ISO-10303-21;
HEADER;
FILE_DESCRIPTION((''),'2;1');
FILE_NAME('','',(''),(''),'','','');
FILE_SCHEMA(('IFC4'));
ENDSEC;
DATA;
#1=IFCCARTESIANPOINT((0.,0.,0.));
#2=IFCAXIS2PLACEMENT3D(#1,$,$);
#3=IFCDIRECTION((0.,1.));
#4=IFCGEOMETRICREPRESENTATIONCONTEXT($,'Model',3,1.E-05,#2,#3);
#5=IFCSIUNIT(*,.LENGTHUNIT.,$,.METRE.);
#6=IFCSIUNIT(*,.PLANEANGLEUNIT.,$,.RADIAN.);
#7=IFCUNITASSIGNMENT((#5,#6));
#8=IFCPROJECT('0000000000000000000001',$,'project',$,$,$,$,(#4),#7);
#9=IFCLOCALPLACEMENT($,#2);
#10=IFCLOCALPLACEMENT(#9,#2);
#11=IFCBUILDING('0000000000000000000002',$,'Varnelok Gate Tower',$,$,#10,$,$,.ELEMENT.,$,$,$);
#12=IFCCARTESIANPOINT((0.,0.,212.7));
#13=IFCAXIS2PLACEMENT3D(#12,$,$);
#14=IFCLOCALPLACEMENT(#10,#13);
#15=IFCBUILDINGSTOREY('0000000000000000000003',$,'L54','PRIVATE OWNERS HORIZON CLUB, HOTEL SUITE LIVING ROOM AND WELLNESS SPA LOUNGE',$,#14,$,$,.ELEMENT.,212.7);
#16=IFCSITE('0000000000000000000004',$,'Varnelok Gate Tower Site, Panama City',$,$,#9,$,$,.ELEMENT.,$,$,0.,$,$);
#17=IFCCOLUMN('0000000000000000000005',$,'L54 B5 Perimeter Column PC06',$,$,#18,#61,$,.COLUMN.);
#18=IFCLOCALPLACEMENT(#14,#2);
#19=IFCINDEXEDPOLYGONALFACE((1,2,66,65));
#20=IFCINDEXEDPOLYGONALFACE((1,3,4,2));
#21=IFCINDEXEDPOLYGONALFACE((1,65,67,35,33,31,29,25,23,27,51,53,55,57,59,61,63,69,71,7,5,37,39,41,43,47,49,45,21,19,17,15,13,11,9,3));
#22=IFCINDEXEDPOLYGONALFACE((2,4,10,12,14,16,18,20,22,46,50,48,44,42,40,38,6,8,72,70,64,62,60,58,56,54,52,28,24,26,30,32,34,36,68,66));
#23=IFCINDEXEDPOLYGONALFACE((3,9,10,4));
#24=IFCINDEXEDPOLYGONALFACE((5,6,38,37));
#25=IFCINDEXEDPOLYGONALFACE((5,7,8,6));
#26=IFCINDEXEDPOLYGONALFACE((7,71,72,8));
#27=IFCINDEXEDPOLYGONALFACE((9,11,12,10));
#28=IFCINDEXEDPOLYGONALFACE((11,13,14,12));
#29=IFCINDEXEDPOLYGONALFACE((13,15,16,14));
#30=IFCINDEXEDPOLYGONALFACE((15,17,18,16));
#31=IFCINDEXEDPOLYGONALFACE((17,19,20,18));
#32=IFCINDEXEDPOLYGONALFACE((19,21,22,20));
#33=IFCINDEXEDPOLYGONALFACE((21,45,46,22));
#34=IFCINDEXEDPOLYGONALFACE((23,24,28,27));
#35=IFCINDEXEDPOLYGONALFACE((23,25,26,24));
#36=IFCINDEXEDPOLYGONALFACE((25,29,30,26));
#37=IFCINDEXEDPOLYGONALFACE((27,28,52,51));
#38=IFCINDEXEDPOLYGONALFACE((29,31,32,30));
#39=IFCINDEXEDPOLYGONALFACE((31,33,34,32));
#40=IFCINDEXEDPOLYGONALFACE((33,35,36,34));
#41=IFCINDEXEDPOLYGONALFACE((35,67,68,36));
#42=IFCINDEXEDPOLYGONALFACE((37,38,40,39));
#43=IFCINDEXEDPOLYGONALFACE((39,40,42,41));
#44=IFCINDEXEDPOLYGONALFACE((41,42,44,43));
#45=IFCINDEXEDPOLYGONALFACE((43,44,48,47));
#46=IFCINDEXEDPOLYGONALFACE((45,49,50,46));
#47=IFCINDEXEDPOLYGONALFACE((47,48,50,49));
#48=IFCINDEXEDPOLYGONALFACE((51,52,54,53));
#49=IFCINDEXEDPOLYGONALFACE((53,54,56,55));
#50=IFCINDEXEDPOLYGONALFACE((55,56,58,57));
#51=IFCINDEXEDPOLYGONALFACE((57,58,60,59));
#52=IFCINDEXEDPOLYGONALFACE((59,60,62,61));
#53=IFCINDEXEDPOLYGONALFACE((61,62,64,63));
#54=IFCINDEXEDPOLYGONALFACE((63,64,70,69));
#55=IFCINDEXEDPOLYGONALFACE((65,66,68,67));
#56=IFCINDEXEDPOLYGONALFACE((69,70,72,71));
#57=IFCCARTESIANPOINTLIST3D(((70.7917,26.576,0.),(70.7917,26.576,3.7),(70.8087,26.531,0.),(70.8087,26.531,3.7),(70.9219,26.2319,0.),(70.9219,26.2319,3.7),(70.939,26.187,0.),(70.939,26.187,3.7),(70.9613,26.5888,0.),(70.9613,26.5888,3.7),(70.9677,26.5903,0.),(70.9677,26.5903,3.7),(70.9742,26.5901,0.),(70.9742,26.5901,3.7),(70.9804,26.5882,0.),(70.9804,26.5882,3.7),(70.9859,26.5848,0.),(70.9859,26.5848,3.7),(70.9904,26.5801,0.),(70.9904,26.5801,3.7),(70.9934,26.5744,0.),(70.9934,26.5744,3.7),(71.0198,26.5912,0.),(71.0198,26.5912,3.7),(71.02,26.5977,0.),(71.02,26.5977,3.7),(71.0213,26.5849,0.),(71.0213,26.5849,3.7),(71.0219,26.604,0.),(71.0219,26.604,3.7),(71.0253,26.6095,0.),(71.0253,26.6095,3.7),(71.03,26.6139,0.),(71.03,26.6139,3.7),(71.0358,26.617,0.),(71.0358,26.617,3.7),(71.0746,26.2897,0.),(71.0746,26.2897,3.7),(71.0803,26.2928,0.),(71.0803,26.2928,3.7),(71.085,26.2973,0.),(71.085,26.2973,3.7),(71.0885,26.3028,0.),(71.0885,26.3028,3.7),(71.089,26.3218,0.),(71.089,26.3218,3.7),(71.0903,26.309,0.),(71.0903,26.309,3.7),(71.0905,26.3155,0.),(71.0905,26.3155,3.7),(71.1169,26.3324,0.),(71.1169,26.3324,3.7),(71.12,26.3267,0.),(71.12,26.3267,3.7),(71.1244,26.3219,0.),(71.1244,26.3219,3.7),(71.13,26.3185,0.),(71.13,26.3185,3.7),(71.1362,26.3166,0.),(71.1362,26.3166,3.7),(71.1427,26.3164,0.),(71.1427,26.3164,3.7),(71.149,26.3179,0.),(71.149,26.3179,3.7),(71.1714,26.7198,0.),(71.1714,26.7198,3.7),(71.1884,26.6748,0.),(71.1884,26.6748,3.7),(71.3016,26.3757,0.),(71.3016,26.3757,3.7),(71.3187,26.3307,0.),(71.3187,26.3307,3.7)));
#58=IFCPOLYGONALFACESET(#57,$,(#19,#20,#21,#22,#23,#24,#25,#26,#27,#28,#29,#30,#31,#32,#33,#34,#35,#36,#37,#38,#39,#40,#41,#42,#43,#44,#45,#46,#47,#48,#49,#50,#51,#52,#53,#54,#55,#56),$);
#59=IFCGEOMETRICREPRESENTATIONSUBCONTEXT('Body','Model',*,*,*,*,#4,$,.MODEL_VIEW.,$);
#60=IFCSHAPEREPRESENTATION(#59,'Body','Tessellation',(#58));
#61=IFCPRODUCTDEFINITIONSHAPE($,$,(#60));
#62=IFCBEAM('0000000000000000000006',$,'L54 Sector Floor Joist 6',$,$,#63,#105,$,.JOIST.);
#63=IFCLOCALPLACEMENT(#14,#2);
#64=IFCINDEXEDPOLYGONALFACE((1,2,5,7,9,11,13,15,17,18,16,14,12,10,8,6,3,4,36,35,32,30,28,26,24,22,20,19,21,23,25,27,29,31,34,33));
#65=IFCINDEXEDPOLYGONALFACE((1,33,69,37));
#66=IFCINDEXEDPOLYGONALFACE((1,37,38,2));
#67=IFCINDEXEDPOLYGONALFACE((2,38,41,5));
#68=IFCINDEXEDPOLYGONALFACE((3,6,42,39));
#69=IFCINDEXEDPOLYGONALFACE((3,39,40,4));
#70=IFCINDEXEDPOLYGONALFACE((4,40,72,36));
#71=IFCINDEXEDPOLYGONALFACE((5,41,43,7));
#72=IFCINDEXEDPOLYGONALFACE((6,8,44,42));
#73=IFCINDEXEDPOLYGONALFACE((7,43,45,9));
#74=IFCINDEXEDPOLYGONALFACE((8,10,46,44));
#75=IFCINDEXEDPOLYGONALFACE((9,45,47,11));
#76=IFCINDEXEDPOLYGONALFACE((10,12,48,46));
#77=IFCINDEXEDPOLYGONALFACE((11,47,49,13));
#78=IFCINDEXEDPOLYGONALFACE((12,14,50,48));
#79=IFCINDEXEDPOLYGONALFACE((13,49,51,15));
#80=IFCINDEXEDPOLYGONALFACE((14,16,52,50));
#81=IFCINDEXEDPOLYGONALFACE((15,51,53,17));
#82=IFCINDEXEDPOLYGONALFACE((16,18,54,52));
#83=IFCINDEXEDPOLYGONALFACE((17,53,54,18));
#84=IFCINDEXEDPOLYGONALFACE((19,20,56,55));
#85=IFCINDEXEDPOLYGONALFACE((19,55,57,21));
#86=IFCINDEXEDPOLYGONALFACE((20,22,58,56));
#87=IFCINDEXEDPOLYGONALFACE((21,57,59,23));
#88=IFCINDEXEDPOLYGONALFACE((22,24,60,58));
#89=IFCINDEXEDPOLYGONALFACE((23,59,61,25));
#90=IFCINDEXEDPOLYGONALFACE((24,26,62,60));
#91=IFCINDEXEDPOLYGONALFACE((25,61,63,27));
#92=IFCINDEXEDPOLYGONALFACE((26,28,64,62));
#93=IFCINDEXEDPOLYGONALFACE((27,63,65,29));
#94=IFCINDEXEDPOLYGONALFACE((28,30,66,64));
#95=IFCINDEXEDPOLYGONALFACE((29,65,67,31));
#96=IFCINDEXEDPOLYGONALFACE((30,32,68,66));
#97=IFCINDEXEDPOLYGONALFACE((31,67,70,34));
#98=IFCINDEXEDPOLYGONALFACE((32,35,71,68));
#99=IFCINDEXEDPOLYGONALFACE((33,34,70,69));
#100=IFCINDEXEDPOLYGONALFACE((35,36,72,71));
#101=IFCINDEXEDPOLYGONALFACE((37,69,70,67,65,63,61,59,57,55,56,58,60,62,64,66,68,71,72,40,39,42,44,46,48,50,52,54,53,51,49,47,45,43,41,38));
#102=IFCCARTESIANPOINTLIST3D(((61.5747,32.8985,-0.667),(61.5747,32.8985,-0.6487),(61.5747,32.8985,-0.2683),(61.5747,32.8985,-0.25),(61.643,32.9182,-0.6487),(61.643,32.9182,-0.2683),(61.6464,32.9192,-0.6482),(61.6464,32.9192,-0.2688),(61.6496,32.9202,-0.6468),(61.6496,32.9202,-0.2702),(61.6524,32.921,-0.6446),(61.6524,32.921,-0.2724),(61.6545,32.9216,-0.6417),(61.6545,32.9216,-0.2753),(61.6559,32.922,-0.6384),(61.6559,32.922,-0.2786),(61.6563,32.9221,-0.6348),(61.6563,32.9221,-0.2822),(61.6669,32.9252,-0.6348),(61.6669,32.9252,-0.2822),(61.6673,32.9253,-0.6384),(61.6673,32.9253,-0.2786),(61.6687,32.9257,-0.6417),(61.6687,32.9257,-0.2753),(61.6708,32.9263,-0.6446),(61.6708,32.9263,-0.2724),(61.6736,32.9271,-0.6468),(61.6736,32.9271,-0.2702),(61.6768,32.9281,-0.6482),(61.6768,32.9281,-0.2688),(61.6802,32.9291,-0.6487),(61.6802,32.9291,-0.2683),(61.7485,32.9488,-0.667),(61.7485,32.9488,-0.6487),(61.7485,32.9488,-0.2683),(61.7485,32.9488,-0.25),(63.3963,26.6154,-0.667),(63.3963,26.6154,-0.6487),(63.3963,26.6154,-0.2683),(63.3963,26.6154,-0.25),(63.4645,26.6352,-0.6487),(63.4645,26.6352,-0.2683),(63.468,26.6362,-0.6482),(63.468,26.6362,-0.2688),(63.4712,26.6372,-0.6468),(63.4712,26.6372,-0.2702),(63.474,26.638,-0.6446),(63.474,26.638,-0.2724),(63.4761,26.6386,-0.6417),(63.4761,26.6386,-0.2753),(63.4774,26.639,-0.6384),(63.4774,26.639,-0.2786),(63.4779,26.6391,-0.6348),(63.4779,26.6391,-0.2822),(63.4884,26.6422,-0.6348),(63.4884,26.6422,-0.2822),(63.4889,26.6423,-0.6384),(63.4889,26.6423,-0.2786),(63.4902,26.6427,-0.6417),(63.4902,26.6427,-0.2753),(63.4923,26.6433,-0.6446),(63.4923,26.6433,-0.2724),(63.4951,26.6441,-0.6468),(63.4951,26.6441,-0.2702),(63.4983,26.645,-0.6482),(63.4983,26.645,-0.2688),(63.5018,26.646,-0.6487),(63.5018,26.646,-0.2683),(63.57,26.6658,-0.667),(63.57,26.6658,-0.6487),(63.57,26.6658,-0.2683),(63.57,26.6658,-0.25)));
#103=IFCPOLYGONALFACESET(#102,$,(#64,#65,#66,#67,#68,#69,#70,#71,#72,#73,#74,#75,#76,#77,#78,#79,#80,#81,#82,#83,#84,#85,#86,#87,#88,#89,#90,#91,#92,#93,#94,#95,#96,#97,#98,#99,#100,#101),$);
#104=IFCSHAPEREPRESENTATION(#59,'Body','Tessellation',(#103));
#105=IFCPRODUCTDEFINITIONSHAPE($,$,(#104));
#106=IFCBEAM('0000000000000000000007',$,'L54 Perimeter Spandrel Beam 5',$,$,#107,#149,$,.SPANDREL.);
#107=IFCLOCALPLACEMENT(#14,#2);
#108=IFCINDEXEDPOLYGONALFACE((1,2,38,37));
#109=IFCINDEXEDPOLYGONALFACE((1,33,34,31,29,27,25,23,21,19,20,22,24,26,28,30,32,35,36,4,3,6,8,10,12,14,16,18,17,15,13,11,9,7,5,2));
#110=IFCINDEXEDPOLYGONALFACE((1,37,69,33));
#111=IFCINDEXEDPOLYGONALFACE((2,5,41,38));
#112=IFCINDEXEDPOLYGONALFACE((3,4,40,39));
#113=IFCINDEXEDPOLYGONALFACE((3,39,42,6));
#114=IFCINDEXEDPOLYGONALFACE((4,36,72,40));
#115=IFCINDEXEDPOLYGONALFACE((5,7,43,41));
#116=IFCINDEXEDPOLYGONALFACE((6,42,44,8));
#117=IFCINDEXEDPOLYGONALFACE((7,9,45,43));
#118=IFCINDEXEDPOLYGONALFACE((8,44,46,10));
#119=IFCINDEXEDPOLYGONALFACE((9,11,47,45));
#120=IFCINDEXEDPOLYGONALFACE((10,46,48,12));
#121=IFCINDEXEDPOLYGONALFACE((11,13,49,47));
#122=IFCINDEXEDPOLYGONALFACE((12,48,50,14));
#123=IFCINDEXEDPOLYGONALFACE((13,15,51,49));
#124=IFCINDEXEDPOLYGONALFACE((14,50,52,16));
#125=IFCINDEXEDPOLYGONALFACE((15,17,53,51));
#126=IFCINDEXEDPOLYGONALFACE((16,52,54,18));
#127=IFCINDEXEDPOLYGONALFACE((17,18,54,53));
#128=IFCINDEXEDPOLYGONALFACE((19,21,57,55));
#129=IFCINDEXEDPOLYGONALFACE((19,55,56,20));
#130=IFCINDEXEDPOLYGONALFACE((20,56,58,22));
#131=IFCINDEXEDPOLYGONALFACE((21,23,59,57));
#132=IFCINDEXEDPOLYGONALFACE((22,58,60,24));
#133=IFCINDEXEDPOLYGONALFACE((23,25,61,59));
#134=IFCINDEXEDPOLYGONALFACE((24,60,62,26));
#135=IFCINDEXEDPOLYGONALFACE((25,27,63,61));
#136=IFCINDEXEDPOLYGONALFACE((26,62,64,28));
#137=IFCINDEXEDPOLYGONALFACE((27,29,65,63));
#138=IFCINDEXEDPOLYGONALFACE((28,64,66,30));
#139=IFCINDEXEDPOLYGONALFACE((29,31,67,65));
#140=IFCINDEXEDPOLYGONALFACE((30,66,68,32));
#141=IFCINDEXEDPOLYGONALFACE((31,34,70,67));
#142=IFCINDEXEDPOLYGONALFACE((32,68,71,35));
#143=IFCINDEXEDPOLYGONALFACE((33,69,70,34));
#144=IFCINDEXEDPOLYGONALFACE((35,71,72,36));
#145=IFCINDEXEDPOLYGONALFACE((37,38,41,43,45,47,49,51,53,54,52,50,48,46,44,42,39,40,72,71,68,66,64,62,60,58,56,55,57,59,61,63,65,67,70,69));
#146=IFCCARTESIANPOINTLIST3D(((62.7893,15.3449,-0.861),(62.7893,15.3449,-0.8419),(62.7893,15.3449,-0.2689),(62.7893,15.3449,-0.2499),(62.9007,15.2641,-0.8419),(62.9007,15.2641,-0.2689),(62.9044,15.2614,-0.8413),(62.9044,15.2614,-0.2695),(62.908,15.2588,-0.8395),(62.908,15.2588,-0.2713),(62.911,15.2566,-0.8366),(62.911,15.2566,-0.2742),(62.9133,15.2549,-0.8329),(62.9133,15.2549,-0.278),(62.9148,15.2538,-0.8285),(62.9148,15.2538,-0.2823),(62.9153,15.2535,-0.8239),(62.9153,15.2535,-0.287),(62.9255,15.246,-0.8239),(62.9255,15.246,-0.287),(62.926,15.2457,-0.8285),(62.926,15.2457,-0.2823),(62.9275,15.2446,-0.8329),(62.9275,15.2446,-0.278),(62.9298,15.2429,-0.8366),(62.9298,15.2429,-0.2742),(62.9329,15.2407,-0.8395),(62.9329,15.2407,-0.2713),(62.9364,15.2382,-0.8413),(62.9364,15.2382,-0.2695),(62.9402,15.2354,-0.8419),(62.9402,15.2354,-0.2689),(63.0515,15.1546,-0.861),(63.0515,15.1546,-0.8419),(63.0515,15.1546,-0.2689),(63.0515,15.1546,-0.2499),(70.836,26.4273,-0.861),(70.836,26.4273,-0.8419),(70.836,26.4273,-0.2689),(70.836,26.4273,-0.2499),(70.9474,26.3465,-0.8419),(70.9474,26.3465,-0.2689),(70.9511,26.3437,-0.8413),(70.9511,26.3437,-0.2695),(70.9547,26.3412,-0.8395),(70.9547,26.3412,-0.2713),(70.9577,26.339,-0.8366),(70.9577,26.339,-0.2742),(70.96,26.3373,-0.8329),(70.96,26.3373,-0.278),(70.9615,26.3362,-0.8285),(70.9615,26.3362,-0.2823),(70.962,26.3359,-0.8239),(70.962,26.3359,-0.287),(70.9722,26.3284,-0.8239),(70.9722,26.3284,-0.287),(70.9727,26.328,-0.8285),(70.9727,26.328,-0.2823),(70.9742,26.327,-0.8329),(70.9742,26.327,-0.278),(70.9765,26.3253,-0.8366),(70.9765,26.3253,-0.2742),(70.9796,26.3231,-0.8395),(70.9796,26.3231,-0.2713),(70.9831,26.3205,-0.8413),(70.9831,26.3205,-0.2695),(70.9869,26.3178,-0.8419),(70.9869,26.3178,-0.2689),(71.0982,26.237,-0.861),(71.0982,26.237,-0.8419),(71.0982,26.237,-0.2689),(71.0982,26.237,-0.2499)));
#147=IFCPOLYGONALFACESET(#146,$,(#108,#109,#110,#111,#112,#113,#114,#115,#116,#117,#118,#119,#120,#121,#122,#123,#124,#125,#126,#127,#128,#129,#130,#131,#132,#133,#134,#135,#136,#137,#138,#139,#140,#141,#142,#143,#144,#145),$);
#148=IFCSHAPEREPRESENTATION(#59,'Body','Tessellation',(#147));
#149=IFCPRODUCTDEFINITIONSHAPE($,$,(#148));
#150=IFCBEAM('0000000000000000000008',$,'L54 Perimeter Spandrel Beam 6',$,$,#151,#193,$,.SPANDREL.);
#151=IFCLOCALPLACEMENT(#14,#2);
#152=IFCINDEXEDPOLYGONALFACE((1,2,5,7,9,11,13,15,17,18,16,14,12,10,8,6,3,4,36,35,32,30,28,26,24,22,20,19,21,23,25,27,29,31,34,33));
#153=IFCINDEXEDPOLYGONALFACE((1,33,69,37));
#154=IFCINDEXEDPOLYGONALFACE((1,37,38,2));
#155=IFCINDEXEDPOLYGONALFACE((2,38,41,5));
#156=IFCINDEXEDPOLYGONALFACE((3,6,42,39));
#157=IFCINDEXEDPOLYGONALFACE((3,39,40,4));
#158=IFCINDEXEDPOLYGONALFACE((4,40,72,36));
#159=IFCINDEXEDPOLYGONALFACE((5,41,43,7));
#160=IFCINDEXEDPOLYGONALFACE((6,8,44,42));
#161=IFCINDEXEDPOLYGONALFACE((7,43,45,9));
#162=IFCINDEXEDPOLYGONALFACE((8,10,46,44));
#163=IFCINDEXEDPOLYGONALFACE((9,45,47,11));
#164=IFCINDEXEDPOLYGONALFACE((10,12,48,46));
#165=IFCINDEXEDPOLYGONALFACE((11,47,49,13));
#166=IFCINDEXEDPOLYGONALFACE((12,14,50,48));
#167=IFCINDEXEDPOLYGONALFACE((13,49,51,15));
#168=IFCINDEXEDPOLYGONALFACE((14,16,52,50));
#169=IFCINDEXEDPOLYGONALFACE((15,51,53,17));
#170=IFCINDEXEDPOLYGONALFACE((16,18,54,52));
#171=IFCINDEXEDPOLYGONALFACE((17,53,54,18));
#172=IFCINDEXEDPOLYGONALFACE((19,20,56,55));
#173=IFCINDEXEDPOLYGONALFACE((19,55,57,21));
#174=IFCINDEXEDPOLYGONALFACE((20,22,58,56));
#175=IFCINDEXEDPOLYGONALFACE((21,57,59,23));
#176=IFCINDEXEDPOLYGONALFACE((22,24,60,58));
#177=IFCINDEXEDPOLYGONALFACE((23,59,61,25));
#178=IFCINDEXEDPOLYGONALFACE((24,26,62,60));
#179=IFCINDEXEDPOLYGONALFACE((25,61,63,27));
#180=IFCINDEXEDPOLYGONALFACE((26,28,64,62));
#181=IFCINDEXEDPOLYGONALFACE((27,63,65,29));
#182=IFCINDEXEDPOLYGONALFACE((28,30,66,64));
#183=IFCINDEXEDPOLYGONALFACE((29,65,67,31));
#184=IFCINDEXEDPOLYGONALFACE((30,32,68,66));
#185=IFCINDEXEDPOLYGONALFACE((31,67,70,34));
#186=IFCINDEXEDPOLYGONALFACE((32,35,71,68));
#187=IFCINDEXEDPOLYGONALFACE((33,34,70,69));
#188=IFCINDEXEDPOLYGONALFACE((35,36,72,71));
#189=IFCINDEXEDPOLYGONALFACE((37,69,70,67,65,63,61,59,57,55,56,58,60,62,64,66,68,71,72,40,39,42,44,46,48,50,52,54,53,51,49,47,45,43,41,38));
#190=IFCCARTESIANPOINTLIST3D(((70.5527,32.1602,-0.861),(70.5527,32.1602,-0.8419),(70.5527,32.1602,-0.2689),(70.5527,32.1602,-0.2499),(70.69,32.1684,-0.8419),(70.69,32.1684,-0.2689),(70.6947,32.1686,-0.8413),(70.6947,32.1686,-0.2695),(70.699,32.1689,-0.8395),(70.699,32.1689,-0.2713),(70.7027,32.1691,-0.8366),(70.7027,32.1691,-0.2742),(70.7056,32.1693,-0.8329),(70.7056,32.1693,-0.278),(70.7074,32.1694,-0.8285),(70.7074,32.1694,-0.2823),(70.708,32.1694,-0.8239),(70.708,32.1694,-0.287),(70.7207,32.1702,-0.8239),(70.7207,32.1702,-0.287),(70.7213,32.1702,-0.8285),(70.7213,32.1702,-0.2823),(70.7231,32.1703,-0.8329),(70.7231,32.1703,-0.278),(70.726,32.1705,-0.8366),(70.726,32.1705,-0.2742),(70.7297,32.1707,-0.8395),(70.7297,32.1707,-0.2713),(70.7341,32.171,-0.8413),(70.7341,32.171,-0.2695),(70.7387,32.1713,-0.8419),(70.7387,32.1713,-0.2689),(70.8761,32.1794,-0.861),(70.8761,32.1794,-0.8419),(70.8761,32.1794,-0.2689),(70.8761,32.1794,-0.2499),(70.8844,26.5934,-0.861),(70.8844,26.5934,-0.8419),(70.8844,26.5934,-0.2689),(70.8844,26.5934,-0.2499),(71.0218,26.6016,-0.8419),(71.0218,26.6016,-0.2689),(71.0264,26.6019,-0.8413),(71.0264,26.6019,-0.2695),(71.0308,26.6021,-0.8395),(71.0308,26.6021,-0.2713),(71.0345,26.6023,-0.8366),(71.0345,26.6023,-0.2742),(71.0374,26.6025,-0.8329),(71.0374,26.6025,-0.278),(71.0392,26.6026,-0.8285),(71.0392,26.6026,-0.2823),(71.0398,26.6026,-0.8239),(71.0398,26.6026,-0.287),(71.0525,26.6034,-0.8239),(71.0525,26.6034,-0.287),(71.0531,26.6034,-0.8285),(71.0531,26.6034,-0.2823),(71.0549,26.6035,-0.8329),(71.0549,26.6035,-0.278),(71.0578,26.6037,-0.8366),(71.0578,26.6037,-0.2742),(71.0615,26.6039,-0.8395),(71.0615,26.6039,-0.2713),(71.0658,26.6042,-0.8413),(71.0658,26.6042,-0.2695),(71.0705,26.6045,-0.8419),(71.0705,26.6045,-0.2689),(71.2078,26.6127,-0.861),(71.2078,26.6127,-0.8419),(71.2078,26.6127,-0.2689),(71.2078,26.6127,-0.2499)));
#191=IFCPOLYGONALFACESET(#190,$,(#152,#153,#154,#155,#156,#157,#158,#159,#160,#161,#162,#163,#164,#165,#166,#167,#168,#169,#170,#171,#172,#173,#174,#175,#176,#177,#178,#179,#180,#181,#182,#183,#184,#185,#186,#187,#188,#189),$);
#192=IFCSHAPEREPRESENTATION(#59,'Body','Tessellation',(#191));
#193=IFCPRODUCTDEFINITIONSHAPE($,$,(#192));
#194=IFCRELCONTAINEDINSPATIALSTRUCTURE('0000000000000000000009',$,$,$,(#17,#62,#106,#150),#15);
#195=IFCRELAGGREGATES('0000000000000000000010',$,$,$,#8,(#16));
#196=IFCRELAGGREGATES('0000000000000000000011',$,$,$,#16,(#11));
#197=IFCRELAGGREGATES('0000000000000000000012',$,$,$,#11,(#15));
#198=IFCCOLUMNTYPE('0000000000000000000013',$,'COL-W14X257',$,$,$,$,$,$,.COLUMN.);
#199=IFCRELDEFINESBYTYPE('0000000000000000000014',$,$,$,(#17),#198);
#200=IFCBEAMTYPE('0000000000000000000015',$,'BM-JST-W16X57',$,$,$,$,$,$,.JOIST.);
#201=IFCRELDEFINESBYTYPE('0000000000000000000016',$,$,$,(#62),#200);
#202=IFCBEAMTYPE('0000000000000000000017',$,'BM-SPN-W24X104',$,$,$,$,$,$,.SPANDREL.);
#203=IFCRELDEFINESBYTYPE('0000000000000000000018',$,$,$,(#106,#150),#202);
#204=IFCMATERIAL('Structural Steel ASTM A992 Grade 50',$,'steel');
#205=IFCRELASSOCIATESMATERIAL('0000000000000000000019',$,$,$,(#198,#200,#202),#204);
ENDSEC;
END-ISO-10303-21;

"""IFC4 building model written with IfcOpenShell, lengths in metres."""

from ifc_helpers import new_model, si_unit, direction, frame, origin, origin_2d, place, context, subcontext, project, spatial, i_section, extrude, material, material_profile, profile_set, type_object, element, save


model = new_model("IFC4")

# Units and contexts
model_context = context("Model", 3, precision=1e-05, world=origin(), true_north=direction((0.0, 1.0)))
body_context = subcontext(model_context, "Body", "Model", "MODEL_VIEW")
ifc_project = project(units=[si_unit("LENGTHUNIT", "METRE"), si_unit("PLANEANGLEUNIT", "RADIAN")], contexts=[model_context])

# Site, building, storey
site_placement = place(None, origin())
site = spatial("IfcSite", under=ifc_project, at=site_placement, Name="Varnelok Gate Tower Site, Panama City", CompositionType="ELEMENT", RefElevation=0.0)
building_placement = place(site_placement, origin())
building = spatial("IfcBuilding", under=site, at=building_placement, Name="Varnelok Gate Tower", CompositionType="ELEMENT")
storey_placement = place(building_placement, frame((0.0, 0.0, 212.7)))
storey = spatial("IfcBuildingStorey", under=building, at=storey_placement, Name="L54", Description="PRIVATE OWNERS HORIZON CLUB, HOTEL SUITE LIVING ROOM AND WELLNESS SPA LOUNGE", CompositionType="ELEMENT", Elevation=212.7)

# Column
ifc_material_1 = material(Name="Structural Steel ASTM A992 Grade 50", Category="steel")
ifc_material_profile_1 = material_profile(ifc_material_1, i_section(OverallWidth=0.406, OverallDepth=0.416, WebThickness=0.0298, FlangeThickness=0.0481, FilletRadius=0.0249, at=origin_2d()), Name="W14X257")
ifc_profile_set_1 = profile_set([ifc_material_profile_1], Name="Structural Steel ASTM A992 Grade 50")
column_type = type_object("IfcColumnType", Name="COL-W14X257", PredefinedType="COLUMN", material=ifc_profile_set_1)
column_placement = place(storey_placement, frame((71.0552, 26.4534, 0.0), z_axis=(0.0, 0.0, 1.0), x_axis=(0.935222, 0.354063, 0.0)))
element("IfcColumn", 1, at=column_placement, inside=storey, type_object=column_type, Name="L54 B5 Perimeter Column PC06", PredefinedType="COLUMN", context=body_context, shape_type="SweptSolid", body=[
    extrude(i_section(OverallWidth=0.406, OverallDepth=0.416, WebThickness=0.0298, FlangeThickness=0.0481, FilletRadius=0.0249, at=origin_2d()), origin(), (0.0, 0.0, 1.0), 3.7),
])

# Beams
ifc_material_profile_2 = material_profile(ifc_material_1, i_section(OverallWidth=0.1809, OverallDepth=0.417, WebThickness=0.011, FlangeThickness=0.0183, FilletRadius=0.0139, at=origin_2d()), Name="W16X57")
ifc_profile_set_2 = profile_set([ifc_material_profile_2], Name="Structural Steel ASTM A992 Grade 50")
beam_type_1 = type_object("IfcBeamType", Name="BM-JST-W16X57", PredefinedType="JOIST", material=ifc_profile_set_2)
beam_1_placement = place(storey_placement, frame((63.4832, 26.6406, -0.4585), z_axis=(-0.27845, 0.960451, 0.0), x_axis=(-0.960451, -0.27845, 0.0)))
element("IfcBeam", 2, at=beam_1_placement, inside=storey, type_object=beam_type_1, Name="L54 Sector Floor Joist 6", PredefinedType="JOIST", context=body_context, shape_type="SweptSolid", body=[
    extrude(i_section(OverallWidth=0.1809, OverallDepth=0.417, WebThickness=0.011, FlangeThickness=0.0183, FilletRadius=0.0139, at=origin_2d()), origin(), (0.0, 0.0, 1.0), 6.5417),
])
ifc_material_profile_3 = material_profile(ifc_material_1, i_section(OverallWidth=0.324, OverallDepth=0.6111, WebThickness=0.0127, FlangeThickness=0.019, FilletRadius=0.0181, at=origin_2d()), Name="W24X104")
ifc_profile_set_3 = profile_set([ifc_material_profile_3], Name="Structural Steel ASTM A992 Grade 50")
beam_type_2 = type_object("IfcBeamType", Name="BM-SPN-W24X104", PredefinedType="SPANDREL", material=ifc_profile_set_3)
beam_2_placement = place(storey_placement, frame((62.9204, 15.2498, -0.5554), z_axis=(0.587541, 0.809195, 0.0), x_axis=(-0.809195, 0.587541, 0.0)))
element("IfcBeam", 3, at=beam_2_placement, inside=storey, type_object=beam_type_2, Name="L54 Perimeter Spandrel Beam 5", PredefinedType="SPANDREL", context=body_context, shape_type="SweptSolid", body=[
    extrude(i_section(OverallWidth=0.324, OverallDepth=0.6111, WebThickness=0.0127, FlangeThickness=0.019, FilletRadius=0.0181, at=origin_2d()), origin(), (0.0, 0.0, 1.0), 13.6956),
])
beam_3_placement = place(storey_placement, frame((71.0461, 26.603, -0.5554), z_axis=(-0.059494, 0.998229, 0.0), x_axis=(-0.998229, -0.059494, 0.0)))
element("IfcBeam", 4, at=beam_3_placement, inside=storey, type_object=beam_type_2, Name="L54 Perimeter Spandrel Beam 6", PredefinedType="SPANDREL", context=body_context, shape_type="SweptSolid", body=[
    extrude(i_section(OverallWidth=0.324, OverallDepth=0.6111, WebThickness=0.0127, FlangeThickness=0.019, FilletRadius=0.0181, at=origin_2d()), origin(), (0.0, 0.0, 1.0), 5.5767),
])

save(model, "model.ifc")
